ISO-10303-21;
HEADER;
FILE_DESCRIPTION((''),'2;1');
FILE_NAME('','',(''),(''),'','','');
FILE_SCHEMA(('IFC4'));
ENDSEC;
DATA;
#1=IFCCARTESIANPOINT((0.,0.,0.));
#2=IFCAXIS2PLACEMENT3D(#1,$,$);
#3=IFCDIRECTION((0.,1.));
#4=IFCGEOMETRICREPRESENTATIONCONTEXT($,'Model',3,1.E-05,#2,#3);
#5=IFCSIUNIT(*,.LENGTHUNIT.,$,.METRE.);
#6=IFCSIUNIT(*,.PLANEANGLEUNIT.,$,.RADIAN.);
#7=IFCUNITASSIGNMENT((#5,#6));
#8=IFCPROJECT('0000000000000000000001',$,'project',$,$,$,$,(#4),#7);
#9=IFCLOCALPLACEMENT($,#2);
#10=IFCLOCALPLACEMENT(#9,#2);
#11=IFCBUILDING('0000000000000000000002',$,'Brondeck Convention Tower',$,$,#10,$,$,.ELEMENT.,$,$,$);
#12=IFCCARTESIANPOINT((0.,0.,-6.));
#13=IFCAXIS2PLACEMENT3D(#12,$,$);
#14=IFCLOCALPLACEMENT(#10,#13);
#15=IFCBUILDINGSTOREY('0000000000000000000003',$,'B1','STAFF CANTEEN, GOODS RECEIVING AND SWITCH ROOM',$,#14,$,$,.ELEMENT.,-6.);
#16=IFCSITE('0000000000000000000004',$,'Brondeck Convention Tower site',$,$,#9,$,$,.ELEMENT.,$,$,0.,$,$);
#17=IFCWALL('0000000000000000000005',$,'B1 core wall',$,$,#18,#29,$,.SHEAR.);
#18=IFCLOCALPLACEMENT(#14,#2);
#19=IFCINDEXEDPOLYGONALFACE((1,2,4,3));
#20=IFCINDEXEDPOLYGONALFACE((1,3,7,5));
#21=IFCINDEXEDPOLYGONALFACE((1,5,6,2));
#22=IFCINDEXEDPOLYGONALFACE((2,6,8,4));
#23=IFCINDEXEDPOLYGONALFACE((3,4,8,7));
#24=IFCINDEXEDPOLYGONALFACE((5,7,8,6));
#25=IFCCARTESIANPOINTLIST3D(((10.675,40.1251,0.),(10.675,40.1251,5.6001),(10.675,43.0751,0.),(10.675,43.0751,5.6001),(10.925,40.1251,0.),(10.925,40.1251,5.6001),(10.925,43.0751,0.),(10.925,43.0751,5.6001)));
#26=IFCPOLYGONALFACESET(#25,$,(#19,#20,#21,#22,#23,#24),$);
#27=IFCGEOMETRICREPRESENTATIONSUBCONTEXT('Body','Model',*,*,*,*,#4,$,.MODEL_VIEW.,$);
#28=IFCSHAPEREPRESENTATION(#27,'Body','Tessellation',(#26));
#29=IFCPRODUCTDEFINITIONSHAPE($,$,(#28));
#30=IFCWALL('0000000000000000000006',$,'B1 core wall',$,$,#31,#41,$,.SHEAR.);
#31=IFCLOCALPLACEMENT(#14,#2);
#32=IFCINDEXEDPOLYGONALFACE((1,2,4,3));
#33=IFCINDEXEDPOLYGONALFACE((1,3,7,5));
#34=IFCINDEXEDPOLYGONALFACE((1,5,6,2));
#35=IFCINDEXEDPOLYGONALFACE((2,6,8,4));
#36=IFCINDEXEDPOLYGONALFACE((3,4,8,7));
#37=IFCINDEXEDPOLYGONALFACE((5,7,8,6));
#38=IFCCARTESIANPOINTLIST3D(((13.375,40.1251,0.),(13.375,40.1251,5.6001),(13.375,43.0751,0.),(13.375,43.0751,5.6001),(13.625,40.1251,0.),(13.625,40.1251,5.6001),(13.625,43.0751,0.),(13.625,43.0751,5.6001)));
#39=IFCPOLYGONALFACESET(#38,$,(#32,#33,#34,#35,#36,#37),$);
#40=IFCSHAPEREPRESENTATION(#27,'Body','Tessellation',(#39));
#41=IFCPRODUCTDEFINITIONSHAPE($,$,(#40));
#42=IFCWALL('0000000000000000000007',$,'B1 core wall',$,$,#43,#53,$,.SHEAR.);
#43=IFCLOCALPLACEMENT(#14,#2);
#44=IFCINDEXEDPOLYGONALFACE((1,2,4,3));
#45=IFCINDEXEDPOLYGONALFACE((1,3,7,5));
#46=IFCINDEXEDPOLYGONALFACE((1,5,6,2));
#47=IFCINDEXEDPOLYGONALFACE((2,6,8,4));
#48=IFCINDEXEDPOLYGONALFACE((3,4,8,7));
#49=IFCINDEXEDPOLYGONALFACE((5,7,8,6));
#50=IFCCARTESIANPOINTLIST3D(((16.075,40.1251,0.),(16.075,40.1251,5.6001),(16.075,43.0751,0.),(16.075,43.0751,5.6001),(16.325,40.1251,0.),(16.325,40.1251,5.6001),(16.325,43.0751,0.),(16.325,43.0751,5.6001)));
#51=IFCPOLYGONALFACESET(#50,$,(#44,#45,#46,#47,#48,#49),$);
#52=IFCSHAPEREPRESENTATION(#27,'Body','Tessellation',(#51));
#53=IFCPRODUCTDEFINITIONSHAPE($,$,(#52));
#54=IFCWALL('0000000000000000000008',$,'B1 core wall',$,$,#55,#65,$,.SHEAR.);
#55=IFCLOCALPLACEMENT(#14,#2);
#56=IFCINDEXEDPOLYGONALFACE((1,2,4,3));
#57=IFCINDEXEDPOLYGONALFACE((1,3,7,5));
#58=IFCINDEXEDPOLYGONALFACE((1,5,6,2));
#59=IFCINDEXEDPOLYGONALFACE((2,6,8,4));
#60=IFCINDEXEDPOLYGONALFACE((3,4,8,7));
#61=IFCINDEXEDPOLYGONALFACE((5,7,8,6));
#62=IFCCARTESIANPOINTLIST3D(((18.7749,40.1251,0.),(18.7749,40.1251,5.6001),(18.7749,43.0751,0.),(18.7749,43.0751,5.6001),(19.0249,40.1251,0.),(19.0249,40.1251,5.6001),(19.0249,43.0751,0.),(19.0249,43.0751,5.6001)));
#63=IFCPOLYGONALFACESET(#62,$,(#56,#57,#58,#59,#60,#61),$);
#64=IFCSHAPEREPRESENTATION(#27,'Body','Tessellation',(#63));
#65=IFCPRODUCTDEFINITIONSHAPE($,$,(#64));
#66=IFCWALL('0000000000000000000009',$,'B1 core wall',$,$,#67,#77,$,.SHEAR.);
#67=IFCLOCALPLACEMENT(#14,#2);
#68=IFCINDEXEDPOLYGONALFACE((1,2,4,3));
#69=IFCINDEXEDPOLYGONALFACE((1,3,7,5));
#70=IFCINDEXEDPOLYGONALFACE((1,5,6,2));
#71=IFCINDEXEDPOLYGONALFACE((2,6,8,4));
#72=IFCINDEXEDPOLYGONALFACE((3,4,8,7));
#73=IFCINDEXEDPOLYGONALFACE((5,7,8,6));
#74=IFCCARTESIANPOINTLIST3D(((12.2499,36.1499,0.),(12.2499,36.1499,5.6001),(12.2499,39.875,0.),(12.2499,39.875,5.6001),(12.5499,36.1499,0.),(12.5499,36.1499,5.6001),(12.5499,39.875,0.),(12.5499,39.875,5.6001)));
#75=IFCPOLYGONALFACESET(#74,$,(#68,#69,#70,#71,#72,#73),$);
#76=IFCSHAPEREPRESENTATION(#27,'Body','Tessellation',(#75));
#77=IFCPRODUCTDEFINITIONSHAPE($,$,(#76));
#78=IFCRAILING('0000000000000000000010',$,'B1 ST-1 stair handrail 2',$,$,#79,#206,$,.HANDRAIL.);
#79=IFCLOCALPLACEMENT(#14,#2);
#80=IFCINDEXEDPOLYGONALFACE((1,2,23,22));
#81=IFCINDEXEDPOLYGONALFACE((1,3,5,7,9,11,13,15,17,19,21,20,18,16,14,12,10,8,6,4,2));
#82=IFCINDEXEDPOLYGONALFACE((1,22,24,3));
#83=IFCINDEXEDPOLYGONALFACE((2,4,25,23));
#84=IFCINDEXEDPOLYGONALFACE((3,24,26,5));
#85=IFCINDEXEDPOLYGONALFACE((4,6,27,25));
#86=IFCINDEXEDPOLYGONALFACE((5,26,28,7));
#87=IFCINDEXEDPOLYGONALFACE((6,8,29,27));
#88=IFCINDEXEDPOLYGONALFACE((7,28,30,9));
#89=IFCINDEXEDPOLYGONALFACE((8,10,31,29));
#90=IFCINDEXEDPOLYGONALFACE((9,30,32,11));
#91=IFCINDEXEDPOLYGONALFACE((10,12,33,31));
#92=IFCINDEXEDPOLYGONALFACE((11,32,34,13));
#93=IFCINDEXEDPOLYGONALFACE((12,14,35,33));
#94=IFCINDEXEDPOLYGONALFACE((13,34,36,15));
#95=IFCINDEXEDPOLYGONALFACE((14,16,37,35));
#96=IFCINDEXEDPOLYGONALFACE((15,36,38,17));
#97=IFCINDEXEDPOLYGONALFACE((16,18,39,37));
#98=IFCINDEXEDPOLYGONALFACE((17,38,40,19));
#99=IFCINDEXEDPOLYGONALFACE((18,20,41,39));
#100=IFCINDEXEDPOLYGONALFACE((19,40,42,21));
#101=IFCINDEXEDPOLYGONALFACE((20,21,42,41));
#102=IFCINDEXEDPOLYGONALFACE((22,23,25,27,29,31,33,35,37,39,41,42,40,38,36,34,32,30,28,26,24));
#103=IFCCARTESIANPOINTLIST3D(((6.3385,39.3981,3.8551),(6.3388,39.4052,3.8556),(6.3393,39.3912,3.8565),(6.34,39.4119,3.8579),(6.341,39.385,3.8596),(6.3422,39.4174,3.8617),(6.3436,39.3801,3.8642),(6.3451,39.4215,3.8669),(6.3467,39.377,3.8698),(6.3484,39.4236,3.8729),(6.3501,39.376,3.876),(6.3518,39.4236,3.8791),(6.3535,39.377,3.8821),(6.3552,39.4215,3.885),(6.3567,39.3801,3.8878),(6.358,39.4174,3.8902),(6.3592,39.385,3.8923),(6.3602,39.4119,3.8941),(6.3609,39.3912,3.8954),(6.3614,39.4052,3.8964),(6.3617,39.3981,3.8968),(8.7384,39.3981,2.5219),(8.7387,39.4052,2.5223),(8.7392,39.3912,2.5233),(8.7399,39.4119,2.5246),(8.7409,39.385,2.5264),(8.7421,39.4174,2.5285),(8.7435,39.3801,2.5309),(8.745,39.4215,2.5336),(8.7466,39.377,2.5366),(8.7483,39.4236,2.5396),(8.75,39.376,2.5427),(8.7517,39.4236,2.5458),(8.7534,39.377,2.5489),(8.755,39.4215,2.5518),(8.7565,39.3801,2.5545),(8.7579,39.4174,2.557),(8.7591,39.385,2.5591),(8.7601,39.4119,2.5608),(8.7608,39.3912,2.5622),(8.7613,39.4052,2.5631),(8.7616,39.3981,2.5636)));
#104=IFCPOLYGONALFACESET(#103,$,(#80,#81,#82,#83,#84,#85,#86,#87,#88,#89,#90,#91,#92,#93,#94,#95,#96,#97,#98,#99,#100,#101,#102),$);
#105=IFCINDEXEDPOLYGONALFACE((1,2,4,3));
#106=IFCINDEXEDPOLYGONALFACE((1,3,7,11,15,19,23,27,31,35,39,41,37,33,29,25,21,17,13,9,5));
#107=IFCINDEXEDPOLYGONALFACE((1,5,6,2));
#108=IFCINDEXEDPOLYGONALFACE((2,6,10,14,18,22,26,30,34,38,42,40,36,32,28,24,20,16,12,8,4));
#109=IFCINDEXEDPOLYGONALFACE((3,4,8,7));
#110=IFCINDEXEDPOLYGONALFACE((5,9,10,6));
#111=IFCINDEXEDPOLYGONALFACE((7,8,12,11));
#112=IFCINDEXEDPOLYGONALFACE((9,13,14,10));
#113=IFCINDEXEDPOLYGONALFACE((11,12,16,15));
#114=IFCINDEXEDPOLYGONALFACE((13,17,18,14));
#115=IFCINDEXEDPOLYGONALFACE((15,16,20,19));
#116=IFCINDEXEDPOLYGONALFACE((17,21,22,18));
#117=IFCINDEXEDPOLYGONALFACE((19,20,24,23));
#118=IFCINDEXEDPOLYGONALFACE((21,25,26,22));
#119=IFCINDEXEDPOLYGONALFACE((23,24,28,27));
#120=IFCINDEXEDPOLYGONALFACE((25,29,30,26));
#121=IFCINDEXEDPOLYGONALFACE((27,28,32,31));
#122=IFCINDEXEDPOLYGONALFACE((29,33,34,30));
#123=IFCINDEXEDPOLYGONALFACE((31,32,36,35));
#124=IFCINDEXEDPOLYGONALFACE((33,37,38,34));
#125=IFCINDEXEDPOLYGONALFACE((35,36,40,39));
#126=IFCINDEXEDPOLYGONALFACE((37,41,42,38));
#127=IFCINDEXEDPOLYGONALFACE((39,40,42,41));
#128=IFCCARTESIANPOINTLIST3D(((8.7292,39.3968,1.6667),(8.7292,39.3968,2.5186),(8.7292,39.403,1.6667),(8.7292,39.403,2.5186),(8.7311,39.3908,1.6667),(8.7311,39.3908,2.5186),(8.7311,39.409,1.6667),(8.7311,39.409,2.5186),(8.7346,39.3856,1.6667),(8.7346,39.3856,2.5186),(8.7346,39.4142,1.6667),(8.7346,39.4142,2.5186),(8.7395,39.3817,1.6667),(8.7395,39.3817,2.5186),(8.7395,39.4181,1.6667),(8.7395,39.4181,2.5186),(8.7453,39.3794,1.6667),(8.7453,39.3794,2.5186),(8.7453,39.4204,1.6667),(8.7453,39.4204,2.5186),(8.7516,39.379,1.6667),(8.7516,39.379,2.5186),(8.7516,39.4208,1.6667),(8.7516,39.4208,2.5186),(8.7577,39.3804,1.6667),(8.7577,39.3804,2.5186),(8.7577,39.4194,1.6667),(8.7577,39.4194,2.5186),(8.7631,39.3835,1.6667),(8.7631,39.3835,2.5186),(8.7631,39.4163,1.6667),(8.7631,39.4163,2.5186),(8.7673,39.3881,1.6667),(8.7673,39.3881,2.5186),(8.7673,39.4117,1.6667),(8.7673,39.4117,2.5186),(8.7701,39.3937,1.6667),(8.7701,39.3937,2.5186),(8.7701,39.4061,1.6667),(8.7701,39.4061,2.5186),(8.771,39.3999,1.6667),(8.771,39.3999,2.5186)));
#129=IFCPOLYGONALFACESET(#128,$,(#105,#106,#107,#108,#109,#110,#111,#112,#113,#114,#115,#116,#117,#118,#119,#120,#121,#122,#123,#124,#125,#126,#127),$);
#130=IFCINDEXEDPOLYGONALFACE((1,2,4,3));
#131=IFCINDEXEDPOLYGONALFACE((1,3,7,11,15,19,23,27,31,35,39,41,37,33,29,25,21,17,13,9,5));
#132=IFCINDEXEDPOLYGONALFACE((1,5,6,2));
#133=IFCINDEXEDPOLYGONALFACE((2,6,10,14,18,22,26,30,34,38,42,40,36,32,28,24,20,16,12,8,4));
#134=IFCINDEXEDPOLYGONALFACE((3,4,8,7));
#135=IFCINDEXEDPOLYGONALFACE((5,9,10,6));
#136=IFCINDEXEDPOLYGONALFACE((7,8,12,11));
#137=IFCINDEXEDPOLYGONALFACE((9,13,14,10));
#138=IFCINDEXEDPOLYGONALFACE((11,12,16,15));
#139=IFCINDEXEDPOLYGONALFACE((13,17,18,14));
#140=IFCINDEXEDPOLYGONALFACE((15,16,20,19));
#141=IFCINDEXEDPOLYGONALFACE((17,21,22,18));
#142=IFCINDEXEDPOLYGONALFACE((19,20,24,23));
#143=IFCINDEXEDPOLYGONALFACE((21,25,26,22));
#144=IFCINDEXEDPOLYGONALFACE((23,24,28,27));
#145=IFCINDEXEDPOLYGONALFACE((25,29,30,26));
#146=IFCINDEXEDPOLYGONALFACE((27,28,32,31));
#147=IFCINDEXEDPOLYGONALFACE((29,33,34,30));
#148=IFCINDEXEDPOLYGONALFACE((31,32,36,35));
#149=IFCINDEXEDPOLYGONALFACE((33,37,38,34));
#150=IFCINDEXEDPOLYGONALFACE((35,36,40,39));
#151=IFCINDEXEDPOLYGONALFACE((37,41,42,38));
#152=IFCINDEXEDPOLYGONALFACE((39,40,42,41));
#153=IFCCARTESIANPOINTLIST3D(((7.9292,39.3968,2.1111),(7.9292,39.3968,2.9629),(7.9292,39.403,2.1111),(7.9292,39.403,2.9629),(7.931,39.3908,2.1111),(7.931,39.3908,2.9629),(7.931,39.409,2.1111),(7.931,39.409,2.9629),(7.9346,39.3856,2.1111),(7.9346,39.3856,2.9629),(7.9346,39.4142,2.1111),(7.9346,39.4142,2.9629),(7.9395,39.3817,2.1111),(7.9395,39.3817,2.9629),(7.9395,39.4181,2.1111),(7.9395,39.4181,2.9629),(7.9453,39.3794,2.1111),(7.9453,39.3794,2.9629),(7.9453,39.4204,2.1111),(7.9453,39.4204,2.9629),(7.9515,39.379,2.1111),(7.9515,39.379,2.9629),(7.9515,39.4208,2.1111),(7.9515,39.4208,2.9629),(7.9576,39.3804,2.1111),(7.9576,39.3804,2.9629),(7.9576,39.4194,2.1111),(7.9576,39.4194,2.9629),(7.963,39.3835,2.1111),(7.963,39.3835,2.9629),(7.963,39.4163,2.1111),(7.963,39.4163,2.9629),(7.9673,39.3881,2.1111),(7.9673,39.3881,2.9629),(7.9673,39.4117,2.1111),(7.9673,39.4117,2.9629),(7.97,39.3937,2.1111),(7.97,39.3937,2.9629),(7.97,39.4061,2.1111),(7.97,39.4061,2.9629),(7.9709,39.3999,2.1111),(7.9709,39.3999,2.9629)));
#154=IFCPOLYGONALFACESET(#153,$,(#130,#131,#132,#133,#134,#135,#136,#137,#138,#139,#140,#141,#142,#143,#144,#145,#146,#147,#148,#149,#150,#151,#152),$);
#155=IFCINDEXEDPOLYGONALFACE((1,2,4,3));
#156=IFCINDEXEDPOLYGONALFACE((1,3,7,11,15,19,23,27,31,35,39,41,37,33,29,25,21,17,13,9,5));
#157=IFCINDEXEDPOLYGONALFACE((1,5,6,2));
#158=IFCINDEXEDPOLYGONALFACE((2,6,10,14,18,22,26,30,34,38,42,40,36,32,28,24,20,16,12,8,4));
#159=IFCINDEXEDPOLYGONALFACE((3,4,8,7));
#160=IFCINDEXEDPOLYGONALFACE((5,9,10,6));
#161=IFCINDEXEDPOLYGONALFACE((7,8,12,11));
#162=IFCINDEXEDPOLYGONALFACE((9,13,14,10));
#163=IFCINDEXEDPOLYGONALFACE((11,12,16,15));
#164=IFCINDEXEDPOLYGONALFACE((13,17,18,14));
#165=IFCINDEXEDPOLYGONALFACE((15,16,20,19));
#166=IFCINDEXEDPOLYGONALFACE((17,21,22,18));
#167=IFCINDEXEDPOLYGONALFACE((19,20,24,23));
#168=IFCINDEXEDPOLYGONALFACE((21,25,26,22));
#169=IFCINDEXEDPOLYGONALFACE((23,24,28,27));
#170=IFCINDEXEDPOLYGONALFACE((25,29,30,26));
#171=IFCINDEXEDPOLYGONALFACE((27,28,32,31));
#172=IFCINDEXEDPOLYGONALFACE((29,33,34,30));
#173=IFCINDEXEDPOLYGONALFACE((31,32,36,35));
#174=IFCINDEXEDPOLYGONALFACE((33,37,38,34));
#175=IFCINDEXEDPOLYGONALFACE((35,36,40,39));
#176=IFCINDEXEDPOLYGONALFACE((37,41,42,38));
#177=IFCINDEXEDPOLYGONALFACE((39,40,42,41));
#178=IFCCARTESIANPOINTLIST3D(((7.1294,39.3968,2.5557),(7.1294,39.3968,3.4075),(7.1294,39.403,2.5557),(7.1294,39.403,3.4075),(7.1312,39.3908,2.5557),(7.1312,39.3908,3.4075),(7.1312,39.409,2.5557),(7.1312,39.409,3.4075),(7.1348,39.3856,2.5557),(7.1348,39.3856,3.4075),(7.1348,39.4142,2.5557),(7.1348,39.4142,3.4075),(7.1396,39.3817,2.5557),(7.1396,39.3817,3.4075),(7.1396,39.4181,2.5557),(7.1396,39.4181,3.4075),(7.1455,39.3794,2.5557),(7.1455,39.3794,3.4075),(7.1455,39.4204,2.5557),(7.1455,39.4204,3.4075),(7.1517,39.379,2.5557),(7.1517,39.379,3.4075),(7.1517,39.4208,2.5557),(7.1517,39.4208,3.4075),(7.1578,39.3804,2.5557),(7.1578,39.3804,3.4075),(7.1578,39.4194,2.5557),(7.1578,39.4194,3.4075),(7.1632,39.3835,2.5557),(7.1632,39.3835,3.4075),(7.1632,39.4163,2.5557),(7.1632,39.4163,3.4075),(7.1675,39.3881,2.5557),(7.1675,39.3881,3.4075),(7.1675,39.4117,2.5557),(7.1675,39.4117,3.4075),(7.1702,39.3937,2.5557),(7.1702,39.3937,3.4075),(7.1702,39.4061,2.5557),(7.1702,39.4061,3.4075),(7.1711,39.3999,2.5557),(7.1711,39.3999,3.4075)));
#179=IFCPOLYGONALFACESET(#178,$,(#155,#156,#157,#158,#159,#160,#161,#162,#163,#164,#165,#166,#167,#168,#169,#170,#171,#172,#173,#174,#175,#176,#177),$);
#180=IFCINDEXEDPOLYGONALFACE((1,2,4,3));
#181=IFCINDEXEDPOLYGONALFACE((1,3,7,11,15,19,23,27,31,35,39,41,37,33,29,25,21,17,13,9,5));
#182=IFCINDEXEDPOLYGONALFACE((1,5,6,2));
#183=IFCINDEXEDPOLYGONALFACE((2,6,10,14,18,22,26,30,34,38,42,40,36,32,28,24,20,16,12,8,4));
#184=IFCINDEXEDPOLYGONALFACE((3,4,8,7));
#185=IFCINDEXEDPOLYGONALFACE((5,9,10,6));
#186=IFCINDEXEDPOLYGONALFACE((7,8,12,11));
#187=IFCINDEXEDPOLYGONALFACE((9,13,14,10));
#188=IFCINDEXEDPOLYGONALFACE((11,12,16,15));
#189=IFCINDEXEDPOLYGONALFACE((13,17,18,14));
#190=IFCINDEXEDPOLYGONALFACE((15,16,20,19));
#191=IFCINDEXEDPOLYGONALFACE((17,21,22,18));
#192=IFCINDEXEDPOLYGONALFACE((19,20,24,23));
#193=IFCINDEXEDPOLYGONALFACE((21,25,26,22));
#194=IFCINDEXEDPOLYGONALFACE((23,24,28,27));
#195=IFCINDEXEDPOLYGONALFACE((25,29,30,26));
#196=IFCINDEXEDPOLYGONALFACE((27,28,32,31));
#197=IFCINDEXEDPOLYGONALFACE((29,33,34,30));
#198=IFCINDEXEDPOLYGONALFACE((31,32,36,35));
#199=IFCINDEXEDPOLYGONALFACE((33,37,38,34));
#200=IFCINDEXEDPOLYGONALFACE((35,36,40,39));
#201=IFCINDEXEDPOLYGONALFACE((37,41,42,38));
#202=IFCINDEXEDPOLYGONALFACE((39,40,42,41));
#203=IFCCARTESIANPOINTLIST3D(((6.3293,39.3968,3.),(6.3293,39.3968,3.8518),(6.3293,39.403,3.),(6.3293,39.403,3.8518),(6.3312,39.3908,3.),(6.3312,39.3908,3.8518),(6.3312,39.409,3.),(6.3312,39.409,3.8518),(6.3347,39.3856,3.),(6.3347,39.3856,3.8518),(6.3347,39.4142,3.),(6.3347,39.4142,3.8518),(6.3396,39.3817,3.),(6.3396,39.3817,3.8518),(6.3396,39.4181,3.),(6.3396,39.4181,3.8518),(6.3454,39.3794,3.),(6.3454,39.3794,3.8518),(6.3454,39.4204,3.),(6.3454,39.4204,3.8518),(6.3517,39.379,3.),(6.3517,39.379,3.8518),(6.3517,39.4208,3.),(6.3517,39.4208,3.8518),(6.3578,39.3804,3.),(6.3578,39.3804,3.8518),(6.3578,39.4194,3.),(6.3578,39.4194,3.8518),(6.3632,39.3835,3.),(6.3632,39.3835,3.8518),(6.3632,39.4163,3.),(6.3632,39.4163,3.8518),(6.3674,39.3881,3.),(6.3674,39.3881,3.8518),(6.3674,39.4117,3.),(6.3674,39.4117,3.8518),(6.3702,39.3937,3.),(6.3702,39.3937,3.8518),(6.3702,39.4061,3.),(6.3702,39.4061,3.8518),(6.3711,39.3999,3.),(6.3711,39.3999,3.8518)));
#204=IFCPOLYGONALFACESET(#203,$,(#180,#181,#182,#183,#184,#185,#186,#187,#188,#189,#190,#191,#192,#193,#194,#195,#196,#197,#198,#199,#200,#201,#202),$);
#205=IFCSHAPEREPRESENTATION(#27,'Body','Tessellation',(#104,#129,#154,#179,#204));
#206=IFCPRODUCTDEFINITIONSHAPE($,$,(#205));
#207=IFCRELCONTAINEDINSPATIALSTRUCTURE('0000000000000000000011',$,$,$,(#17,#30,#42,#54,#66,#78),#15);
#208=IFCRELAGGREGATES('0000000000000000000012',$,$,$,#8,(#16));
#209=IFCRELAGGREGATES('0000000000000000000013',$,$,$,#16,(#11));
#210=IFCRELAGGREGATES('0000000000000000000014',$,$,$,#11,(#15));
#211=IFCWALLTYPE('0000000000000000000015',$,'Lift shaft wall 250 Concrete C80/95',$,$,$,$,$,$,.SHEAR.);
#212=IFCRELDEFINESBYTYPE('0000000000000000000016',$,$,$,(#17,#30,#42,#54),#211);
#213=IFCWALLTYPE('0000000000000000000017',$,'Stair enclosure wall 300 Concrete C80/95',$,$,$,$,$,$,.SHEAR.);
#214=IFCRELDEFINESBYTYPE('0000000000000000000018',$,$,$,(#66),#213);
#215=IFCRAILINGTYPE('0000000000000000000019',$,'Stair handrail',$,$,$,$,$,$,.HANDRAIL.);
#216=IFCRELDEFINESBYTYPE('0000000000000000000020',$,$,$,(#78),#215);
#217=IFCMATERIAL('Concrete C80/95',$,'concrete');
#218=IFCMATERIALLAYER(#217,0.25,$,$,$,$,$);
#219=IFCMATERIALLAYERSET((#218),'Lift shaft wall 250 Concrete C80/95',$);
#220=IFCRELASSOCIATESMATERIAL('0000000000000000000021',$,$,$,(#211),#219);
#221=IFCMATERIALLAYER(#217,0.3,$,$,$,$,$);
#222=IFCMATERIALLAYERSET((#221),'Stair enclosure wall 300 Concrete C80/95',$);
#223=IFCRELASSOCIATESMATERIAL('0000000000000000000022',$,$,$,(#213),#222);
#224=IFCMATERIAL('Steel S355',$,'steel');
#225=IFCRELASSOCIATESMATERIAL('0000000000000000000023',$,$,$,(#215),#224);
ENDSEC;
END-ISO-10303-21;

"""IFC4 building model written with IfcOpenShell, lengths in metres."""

from ifc_helpers import new_model, si_unit, direction, frame, frame_2d, origin, origin_2d, place, context, subcontext, project, spatial, rectangle, circle, extrude, material, layer, layer_set, type_object, element, save


model = new_model("IFC4")

# Units and contexts
model_context = context("Model", 3, precision=1e-05, world=origin(), true_north=direction((0.0, 1.0)))
body_context = subcontext(model_context, "Body", "Model", "MODEL_VIEW")
ifc_project = project(units=[si_unit("LENGTHUNIT", "METRE"), si_unit("PLANEANGLEUNIT", "RADIAN")], contexts=[model_context])

# Site, building, storey
site_placement = place(None, origin())
site = spatial("IfcSite", under=ifc_project, at=site_placement, Name="Brondeck Convention Tower site", CompositionType="ELEMENT", RefElevation=0.0)
building_placement = place(site_placement, origin())
building = spatial("IfcBuilding", under=site, at=building_placement, Name="Brondeck Convention Tower", CompositionType="ELEMENT")
storey_placement = place(building_placement, frame((0.0, 0.0, -6.0)))
storey = spatial("IfcBuildingStorey", under=building, at=storey_placement, Name="B1", Description="STAFF CANTEEN, GOODS RECEIVING AND SWITCH ROOM", CompositionType="ELEMENT", Elevation=-6.0)

# Shared definitions
ifc_material_1 = material(Name="Steel S355", Category="steel")

# Shared definitions
ifc_material_2 = material(Name="Concrete C80/95", Category="concrete")

# Walls
ifc_layer_1 = layer(ifc_material_2, 0.25)
ifc_layer_set_1 = layer_set([ifc_layer_1], Name="Lift shaft wall 250 Concrete C80/95")
wall_type_1 = type_object("IfcWallType", Name="Lift shaft wall 250 Concrete C80/95", PredefinedType="SHEAR", material=ifc_layer_set_1)
for number, where, z_axis, x_axis, name in (
    (1, (10.8, 40.125, 0.0), (0.0, 0.0, 1.0), (0.0, 1.0, 0.0), "B1 core wall"),
    (2, (13.5, 40.125, 0.0), (0.0, 0.0, 1.0), (0.0, 1.0, 0.0), "B1 core wall"),
    (3, (16.2, 40.125, 0.0), (0.0, 0.0, 1.0), (0.0, 1.0, 0.0), "B1 core wall"),
    (4, (18.8999, 40.125, 0.0), (0.0, 0.0, 1.0), (0.0, 1.0, 0.0), "B1 core wall"),
):
    element("IfcWall", number, at=place(storey_placement, frame(where, z_axis=z_axis, x_axis=x_axis)), inside=storey, type_object=wall_type_1, Name=name, PredefinedType="SHEAR", context=body_context, shape_type="SweptSolid", body=[
        extrude(rectangle(XDim=2.95, YDim=0.25, at=frame_2d((1.4751, 0.0))), origin(), (0.0, 0.0, 1.0), 5.6001),
    ])
ifc_layer_2 = layer(ifc_material_2, 0.3)
ifc_layer_set_2 = layer_set([ifc_layer_2], Name="Stair enclosure wall 300 Concrete C80/95")
wall_type_2 = type_object("IfcWallType", Name="Stair enclosure wall 300 Concrete C80/95", PredefinedType="SHEAR", material=ifc_layer_set_2)
wall_1_placement = place(storey_placement, frame((12.3999, 36.1499, 0.0), z_axis=(0.0, 0.0, 1.0), x_axis=(0.0, 1.0, 0.0)))
element("IfcWall", 5, at=wall_1_placement, inside=storey, type_object=wall_type_2, Name="B1 core wall", PredefinedType="SHEAR", context=body_context, shape_type="SweptSolid", body=[
    extrude(rectangle(XDim=3.7251, YDim=0.3, at=frame_2d((1.8625, 0.0))), origin(), (0.0, 0.0, 1.0), 5.6001),
])

# Railing
railing_type = type_object("IfcRailingType", Name="Stair handrail", PredefinedType="HANDRAIL", material=ifc_material_1)
for number, where, name in (
    (6, (8.75, 39.3999, 1.6667), "B1 ST-1 stair handrail 2"),
):
    element("IfcRailing", number, at=place(storey_placement, frame(where)), inside=storey, type_object=railing_type, Name=name, PredefinedType="HANDRAIL", context=body_context, shape_type="SweptSolid", body=[
        extrude(circle(Radius=0.0239, at=origin_2d()), frame((0.0, 0.0, 0.876), z_axis=(-0.874161, 0.0, 0.485635), x_axis=(0.0, -1.0, 0.0)), (0.0, 0.0, 1.0), 2.7454),
        extrude(circle(Radius=0.021, at=origin_2d()), origin(), (0.0, 0.0, 1.0), 0.8518),
        extrude(circle(Radius=0.021, at=origin_2d()), frame((-0.8, 0.0, 0.4443)), (0.0, 0.0, 1.0), 0.8518),
        extrude(circle(Radius=0.021, at=origin_2d()), frame((-1.5999, 0.0, 0.8889)), (0.0, 0.0, 1.0), 0.8518),
        extrude(circle(Radius=0.021, at=origin_2d()), frame((-2.3999, 0.0, 1.3333)), (0.0, 0.0, 1.0), 0.8518),
    ])

save(model, "model.ifc")
